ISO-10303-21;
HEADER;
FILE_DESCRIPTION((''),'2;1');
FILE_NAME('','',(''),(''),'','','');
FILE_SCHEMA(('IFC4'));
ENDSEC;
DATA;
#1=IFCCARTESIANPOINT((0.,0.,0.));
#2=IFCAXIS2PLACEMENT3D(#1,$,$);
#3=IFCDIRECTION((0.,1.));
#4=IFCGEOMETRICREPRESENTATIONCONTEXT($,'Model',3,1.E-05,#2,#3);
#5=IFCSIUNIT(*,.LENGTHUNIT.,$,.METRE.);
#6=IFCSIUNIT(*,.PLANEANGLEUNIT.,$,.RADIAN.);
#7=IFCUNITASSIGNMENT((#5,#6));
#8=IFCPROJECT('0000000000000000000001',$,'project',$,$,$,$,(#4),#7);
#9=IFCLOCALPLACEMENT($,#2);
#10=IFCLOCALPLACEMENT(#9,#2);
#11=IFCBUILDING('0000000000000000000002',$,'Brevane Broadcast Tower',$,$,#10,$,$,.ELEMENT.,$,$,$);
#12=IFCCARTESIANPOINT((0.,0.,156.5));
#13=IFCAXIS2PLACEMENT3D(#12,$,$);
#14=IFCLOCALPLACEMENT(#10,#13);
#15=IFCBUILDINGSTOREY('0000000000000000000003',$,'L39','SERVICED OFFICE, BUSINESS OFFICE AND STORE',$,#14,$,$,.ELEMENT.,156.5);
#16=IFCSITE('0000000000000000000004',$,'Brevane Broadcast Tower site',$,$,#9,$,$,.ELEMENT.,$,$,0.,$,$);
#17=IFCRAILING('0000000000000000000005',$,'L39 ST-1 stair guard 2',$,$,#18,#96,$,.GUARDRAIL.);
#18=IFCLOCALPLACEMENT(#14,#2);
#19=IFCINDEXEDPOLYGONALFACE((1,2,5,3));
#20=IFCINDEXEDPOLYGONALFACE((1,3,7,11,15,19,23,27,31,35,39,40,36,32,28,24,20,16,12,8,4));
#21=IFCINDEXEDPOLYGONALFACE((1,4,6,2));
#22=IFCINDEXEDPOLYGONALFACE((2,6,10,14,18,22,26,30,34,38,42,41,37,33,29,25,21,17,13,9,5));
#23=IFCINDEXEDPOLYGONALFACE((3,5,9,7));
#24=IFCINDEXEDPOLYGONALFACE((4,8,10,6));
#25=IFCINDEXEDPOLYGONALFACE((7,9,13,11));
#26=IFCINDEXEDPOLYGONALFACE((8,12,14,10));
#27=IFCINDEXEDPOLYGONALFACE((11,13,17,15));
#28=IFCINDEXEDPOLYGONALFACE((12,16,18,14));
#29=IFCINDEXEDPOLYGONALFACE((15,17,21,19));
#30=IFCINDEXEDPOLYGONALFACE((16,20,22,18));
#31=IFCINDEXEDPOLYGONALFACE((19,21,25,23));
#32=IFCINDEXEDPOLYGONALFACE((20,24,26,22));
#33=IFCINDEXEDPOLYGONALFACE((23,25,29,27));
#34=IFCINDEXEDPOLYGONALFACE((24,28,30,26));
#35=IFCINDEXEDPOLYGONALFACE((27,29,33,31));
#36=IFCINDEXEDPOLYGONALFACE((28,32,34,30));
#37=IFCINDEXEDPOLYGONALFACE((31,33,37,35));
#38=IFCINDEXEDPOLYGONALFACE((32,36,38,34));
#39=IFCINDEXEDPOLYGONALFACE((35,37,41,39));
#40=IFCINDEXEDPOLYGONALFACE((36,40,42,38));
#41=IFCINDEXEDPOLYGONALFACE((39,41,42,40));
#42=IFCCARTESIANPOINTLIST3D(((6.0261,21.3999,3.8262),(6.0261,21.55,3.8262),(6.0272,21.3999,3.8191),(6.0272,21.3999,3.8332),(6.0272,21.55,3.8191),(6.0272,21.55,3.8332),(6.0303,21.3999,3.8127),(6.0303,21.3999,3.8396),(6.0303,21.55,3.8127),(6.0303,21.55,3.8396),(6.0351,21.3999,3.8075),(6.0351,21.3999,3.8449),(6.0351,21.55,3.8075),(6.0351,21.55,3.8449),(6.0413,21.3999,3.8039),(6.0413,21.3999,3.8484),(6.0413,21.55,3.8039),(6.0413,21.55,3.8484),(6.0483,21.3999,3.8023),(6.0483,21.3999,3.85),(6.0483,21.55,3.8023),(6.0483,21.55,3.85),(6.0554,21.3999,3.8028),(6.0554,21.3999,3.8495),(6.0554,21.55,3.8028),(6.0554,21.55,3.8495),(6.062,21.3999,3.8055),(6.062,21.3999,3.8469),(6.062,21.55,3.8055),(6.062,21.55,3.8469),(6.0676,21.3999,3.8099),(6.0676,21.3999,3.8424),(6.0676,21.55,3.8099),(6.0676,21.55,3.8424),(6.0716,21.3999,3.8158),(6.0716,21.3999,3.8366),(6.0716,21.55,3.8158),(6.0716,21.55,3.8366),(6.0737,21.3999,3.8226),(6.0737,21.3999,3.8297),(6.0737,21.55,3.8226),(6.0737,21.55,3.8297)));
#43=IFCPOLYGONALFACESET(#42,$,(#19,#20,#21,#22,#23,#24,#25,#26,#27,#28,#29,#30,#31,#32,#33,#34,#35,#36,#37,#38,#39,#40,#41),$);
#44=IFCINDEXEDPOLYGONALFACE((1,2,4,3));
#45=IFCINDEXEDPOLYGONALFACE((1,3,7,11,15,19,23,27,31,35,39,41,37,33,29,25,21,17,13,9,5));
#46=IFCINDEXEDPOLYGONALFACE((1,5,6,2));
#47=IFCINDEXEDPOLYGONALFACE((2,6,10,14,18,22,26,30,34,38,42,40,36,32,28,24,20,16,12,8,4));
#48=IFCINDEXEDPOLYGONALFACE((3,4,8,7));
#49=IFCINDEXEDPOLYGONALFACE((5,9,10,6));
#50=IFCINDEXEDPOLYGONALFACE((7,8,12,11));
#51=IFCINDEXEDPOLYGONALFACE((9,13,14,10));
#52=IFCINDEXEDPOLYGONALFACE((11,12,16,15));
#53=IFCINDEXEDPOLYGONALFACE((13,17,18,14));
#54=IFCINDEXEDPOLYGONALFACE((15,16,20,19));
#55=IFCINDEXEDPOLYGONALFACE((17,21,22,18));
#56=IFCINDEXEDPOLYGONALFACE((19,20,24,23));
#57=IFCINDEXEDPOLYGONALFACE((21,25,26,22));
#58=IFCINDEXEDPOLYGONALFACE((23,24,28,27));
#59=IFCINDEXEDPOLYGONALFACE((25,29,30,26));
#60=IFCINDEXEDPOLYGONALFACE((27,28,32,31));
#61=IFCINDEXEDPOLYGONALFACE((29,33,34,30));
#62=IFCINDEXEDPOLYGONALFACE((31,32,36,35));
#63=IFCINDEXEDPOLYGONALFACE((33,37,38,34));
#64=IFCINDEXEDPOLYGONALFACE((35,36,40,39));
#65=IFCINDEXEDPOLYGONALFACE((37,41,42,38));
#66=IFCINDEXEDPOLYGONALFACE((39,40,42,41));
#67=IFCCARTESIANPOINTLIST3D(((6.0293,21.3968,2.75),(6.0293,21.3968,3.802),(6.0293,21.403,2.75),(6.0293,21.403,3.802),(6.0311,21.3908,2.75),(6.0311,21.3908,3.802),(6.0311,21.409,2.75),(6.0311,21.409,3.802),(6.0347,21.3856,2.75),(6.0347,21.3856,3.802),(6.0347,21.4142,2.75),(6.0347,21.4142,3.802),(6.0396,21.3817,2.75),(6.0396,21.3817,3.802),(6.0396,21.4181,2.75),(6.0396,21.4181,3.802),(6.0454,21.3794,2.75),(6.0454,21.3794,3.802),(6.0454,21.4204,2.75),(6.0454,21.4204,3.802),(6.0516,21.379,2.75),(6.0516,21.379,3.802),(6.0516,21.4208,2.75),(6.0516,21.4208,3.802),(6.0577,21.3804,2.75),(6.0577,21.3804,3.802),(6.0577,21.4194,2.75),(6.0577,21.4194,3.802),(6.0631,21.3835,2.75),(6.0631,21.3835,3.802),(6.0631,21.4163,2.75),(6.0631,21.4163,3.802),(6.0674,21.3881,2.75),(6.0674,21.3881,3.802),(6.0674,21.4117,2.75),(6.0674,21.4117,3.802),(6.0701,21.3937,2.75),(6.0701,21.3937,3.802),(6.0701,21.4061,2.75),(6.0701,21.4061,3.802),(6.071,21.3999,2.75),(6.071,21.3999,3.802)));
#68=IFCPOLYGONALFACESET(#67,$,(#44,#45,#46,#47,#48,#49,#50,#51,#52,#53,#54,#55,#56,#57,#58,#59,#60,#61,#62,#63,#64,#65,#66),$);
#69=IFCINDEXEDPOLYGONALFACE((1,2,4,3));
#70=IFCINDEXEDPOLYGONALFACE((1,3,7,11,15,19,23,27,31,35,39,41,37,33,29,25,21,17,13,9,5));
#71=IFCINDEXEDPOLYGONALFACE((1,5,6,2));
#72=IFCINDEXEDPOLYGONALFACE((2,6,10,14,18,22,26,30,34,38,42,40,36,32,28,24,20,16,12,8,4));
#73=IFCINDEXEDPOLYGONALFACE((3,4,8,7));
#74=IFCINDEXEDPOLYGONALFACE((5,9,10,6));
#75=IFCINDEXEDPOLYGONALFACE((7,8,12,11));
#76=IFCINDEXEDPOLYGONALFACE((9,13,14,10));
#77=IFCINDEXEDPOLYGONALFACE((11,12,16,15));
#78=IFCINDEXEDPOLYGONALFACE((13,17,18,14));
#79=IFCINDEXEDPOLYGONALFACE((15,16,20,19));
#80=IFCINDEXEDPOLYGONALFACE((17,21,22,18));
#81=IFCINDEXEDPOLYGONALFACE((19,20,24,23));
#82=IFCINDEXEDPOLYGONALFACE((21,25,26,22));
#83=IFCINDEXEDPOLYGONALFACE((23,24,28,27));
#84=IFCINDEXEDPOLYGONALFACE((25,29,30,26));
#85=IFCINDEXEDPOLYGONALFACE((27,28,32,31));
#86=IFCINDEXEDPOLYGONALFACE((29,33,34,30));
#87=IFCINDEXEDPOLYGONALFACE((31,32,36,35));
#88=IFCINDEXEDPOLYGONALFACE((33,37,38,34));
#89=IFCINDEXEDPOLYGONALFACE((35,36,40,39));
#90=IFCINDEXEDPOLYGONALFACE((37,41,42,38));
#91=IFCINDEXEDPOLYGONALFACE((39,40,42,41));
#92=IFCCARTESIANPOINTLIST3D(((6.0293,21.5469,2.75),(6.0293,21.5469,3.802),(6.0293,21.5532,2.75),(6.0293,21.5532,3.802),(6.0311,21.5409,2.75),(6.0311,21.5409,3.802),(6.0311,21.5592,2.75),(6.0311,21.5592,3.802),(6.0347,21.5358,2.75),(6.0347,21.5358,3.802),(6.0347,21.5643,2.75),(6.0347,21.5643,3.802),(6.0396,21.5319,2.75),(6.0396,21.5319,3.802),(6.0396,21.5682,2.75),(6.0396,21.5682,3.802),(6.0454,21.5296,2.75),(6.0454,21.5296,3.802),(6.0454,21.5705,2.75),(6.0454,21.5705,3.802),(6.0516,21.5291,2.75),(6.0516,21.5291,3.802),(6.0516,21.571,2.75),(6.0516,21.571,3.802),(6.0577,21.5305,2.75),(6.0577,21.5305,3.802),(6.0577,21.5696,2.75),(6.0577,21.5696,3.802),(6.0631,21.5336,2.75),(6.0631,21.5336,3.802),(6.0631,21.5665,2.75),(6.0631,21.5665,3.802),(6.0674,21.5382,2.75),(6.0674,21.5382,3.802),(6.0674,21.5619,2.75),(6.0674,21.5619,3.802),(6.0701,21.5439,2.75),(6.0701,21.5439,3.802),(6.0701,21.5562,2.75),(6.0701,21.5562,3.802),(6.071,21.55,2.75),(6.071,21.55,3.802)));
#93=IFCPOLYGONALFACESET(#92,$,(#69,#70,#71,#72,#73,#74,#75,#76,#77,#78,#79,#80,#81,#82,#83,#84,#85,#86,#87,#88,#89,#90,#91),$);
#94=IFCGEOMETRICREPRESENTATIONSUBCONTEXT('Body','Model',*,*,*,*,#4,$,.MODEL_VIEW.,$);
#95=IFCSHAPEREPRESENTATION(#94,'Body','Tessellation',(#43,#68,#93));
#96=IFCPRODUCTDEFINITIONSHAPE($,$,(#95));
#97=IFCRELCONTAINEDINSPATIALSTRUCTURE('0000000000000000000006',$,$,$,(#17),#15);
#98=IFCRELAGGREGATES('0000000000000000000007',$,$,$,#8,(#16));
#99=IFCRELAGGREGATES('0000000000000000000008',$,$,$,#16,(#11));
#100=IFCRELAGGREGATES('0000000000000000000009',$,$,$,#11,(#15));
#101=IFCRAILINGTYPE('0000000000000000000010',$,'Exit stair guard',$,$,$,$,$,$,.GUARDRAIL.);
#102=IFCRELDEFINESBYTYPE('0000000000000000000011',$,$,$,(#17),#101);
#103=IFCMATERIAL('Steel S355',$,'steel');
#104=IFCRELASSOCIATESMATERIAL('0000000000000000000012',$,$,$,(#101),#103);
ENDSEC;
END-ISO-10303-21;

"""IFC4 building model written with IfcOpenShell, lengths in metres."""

from ifc_helpers import new_model, si_unit, direction, frame, origin, origin_2d, place, context, subcontext, project, spatial, circle, extrude, material, type_object, element, save


model = new_model("IFC4")

# Units and contexts
model_context = context("Model", 3, precision=1e-05, world=origin(), true_north=direction((0.0, 1.0)))
body_context = subcontext(model_context, "Body", "Model", "MODEL_VIEW")
ifc_project = project(units=[si_unit("LENGTHUNIT", "METRE"), si_unit("PLANEANGLEUNIT", "RADIAN")], contexts=[model_context])

# Site, building, storey
site_placement = place(None, origin())
site = spatial("IfcSite", under=ifc_project, at=site_placement, Name="Brevane Broadcast Tower site", CompositionType="ELEMENT", RefElevation=0.0)
building_placement = place(site_placement, origin())
building = spatial("IfcBuilding", under=site, at=building_placement, Name="Brevane Broadcast Tower", CompositionType="ELEMENT")
storey_placement = place(building_placement, frame((0.0, 0.0, 156.5)))
storey = spatial("IfcBuildingStorey", under=building, at=storey_placement, Name="L39", Description="SERVICED OFFICE, BUSINESS OFFICE AND STORE", CompositionType="ELEMENT", Elevation=156.5)

# Railing
ifc_material_1 = material(Name="Steel S355", Category="steel")
railing_type_1 = type_object("IfcRailingType", Name="Exit stair guard", PredefinedType="GUARDRAIL", material=ifc_material_1)
railing_1_placement = place(storey_placement, frame((6.05, 21.3999, 2.75)))
element("IfcRailing", 1, at=railing_1_placement, inside=storey, type_object=railing_type_1, Name="L39 ST-1 stair guard 2", PredefinedType="GUARDRAIL", context=body_context, shape_type="SweptSolid", body=[
    extrude(circle(Radius=0.0239, at=origin_2d()), frame((0.0, 0.0, 1.0762), z_axis=(0.0, 1.0, 0.0), x_axis=(-1.0, 0.0, 0.0)), (0.0, 0.0, 1.0), 0.1501),
    extrude(circle(Radius=0.021, at=origin_2d()), origin(), (0.0, 0.0, 1.0), 1.052),
    extrude(circle(Radius=0.021, at=origin_2d()), frame((0.0, 0.1501, 0.0)), (0.0, 0.0, 1.0), 1.052),
])

save(model, "model.ifc")
